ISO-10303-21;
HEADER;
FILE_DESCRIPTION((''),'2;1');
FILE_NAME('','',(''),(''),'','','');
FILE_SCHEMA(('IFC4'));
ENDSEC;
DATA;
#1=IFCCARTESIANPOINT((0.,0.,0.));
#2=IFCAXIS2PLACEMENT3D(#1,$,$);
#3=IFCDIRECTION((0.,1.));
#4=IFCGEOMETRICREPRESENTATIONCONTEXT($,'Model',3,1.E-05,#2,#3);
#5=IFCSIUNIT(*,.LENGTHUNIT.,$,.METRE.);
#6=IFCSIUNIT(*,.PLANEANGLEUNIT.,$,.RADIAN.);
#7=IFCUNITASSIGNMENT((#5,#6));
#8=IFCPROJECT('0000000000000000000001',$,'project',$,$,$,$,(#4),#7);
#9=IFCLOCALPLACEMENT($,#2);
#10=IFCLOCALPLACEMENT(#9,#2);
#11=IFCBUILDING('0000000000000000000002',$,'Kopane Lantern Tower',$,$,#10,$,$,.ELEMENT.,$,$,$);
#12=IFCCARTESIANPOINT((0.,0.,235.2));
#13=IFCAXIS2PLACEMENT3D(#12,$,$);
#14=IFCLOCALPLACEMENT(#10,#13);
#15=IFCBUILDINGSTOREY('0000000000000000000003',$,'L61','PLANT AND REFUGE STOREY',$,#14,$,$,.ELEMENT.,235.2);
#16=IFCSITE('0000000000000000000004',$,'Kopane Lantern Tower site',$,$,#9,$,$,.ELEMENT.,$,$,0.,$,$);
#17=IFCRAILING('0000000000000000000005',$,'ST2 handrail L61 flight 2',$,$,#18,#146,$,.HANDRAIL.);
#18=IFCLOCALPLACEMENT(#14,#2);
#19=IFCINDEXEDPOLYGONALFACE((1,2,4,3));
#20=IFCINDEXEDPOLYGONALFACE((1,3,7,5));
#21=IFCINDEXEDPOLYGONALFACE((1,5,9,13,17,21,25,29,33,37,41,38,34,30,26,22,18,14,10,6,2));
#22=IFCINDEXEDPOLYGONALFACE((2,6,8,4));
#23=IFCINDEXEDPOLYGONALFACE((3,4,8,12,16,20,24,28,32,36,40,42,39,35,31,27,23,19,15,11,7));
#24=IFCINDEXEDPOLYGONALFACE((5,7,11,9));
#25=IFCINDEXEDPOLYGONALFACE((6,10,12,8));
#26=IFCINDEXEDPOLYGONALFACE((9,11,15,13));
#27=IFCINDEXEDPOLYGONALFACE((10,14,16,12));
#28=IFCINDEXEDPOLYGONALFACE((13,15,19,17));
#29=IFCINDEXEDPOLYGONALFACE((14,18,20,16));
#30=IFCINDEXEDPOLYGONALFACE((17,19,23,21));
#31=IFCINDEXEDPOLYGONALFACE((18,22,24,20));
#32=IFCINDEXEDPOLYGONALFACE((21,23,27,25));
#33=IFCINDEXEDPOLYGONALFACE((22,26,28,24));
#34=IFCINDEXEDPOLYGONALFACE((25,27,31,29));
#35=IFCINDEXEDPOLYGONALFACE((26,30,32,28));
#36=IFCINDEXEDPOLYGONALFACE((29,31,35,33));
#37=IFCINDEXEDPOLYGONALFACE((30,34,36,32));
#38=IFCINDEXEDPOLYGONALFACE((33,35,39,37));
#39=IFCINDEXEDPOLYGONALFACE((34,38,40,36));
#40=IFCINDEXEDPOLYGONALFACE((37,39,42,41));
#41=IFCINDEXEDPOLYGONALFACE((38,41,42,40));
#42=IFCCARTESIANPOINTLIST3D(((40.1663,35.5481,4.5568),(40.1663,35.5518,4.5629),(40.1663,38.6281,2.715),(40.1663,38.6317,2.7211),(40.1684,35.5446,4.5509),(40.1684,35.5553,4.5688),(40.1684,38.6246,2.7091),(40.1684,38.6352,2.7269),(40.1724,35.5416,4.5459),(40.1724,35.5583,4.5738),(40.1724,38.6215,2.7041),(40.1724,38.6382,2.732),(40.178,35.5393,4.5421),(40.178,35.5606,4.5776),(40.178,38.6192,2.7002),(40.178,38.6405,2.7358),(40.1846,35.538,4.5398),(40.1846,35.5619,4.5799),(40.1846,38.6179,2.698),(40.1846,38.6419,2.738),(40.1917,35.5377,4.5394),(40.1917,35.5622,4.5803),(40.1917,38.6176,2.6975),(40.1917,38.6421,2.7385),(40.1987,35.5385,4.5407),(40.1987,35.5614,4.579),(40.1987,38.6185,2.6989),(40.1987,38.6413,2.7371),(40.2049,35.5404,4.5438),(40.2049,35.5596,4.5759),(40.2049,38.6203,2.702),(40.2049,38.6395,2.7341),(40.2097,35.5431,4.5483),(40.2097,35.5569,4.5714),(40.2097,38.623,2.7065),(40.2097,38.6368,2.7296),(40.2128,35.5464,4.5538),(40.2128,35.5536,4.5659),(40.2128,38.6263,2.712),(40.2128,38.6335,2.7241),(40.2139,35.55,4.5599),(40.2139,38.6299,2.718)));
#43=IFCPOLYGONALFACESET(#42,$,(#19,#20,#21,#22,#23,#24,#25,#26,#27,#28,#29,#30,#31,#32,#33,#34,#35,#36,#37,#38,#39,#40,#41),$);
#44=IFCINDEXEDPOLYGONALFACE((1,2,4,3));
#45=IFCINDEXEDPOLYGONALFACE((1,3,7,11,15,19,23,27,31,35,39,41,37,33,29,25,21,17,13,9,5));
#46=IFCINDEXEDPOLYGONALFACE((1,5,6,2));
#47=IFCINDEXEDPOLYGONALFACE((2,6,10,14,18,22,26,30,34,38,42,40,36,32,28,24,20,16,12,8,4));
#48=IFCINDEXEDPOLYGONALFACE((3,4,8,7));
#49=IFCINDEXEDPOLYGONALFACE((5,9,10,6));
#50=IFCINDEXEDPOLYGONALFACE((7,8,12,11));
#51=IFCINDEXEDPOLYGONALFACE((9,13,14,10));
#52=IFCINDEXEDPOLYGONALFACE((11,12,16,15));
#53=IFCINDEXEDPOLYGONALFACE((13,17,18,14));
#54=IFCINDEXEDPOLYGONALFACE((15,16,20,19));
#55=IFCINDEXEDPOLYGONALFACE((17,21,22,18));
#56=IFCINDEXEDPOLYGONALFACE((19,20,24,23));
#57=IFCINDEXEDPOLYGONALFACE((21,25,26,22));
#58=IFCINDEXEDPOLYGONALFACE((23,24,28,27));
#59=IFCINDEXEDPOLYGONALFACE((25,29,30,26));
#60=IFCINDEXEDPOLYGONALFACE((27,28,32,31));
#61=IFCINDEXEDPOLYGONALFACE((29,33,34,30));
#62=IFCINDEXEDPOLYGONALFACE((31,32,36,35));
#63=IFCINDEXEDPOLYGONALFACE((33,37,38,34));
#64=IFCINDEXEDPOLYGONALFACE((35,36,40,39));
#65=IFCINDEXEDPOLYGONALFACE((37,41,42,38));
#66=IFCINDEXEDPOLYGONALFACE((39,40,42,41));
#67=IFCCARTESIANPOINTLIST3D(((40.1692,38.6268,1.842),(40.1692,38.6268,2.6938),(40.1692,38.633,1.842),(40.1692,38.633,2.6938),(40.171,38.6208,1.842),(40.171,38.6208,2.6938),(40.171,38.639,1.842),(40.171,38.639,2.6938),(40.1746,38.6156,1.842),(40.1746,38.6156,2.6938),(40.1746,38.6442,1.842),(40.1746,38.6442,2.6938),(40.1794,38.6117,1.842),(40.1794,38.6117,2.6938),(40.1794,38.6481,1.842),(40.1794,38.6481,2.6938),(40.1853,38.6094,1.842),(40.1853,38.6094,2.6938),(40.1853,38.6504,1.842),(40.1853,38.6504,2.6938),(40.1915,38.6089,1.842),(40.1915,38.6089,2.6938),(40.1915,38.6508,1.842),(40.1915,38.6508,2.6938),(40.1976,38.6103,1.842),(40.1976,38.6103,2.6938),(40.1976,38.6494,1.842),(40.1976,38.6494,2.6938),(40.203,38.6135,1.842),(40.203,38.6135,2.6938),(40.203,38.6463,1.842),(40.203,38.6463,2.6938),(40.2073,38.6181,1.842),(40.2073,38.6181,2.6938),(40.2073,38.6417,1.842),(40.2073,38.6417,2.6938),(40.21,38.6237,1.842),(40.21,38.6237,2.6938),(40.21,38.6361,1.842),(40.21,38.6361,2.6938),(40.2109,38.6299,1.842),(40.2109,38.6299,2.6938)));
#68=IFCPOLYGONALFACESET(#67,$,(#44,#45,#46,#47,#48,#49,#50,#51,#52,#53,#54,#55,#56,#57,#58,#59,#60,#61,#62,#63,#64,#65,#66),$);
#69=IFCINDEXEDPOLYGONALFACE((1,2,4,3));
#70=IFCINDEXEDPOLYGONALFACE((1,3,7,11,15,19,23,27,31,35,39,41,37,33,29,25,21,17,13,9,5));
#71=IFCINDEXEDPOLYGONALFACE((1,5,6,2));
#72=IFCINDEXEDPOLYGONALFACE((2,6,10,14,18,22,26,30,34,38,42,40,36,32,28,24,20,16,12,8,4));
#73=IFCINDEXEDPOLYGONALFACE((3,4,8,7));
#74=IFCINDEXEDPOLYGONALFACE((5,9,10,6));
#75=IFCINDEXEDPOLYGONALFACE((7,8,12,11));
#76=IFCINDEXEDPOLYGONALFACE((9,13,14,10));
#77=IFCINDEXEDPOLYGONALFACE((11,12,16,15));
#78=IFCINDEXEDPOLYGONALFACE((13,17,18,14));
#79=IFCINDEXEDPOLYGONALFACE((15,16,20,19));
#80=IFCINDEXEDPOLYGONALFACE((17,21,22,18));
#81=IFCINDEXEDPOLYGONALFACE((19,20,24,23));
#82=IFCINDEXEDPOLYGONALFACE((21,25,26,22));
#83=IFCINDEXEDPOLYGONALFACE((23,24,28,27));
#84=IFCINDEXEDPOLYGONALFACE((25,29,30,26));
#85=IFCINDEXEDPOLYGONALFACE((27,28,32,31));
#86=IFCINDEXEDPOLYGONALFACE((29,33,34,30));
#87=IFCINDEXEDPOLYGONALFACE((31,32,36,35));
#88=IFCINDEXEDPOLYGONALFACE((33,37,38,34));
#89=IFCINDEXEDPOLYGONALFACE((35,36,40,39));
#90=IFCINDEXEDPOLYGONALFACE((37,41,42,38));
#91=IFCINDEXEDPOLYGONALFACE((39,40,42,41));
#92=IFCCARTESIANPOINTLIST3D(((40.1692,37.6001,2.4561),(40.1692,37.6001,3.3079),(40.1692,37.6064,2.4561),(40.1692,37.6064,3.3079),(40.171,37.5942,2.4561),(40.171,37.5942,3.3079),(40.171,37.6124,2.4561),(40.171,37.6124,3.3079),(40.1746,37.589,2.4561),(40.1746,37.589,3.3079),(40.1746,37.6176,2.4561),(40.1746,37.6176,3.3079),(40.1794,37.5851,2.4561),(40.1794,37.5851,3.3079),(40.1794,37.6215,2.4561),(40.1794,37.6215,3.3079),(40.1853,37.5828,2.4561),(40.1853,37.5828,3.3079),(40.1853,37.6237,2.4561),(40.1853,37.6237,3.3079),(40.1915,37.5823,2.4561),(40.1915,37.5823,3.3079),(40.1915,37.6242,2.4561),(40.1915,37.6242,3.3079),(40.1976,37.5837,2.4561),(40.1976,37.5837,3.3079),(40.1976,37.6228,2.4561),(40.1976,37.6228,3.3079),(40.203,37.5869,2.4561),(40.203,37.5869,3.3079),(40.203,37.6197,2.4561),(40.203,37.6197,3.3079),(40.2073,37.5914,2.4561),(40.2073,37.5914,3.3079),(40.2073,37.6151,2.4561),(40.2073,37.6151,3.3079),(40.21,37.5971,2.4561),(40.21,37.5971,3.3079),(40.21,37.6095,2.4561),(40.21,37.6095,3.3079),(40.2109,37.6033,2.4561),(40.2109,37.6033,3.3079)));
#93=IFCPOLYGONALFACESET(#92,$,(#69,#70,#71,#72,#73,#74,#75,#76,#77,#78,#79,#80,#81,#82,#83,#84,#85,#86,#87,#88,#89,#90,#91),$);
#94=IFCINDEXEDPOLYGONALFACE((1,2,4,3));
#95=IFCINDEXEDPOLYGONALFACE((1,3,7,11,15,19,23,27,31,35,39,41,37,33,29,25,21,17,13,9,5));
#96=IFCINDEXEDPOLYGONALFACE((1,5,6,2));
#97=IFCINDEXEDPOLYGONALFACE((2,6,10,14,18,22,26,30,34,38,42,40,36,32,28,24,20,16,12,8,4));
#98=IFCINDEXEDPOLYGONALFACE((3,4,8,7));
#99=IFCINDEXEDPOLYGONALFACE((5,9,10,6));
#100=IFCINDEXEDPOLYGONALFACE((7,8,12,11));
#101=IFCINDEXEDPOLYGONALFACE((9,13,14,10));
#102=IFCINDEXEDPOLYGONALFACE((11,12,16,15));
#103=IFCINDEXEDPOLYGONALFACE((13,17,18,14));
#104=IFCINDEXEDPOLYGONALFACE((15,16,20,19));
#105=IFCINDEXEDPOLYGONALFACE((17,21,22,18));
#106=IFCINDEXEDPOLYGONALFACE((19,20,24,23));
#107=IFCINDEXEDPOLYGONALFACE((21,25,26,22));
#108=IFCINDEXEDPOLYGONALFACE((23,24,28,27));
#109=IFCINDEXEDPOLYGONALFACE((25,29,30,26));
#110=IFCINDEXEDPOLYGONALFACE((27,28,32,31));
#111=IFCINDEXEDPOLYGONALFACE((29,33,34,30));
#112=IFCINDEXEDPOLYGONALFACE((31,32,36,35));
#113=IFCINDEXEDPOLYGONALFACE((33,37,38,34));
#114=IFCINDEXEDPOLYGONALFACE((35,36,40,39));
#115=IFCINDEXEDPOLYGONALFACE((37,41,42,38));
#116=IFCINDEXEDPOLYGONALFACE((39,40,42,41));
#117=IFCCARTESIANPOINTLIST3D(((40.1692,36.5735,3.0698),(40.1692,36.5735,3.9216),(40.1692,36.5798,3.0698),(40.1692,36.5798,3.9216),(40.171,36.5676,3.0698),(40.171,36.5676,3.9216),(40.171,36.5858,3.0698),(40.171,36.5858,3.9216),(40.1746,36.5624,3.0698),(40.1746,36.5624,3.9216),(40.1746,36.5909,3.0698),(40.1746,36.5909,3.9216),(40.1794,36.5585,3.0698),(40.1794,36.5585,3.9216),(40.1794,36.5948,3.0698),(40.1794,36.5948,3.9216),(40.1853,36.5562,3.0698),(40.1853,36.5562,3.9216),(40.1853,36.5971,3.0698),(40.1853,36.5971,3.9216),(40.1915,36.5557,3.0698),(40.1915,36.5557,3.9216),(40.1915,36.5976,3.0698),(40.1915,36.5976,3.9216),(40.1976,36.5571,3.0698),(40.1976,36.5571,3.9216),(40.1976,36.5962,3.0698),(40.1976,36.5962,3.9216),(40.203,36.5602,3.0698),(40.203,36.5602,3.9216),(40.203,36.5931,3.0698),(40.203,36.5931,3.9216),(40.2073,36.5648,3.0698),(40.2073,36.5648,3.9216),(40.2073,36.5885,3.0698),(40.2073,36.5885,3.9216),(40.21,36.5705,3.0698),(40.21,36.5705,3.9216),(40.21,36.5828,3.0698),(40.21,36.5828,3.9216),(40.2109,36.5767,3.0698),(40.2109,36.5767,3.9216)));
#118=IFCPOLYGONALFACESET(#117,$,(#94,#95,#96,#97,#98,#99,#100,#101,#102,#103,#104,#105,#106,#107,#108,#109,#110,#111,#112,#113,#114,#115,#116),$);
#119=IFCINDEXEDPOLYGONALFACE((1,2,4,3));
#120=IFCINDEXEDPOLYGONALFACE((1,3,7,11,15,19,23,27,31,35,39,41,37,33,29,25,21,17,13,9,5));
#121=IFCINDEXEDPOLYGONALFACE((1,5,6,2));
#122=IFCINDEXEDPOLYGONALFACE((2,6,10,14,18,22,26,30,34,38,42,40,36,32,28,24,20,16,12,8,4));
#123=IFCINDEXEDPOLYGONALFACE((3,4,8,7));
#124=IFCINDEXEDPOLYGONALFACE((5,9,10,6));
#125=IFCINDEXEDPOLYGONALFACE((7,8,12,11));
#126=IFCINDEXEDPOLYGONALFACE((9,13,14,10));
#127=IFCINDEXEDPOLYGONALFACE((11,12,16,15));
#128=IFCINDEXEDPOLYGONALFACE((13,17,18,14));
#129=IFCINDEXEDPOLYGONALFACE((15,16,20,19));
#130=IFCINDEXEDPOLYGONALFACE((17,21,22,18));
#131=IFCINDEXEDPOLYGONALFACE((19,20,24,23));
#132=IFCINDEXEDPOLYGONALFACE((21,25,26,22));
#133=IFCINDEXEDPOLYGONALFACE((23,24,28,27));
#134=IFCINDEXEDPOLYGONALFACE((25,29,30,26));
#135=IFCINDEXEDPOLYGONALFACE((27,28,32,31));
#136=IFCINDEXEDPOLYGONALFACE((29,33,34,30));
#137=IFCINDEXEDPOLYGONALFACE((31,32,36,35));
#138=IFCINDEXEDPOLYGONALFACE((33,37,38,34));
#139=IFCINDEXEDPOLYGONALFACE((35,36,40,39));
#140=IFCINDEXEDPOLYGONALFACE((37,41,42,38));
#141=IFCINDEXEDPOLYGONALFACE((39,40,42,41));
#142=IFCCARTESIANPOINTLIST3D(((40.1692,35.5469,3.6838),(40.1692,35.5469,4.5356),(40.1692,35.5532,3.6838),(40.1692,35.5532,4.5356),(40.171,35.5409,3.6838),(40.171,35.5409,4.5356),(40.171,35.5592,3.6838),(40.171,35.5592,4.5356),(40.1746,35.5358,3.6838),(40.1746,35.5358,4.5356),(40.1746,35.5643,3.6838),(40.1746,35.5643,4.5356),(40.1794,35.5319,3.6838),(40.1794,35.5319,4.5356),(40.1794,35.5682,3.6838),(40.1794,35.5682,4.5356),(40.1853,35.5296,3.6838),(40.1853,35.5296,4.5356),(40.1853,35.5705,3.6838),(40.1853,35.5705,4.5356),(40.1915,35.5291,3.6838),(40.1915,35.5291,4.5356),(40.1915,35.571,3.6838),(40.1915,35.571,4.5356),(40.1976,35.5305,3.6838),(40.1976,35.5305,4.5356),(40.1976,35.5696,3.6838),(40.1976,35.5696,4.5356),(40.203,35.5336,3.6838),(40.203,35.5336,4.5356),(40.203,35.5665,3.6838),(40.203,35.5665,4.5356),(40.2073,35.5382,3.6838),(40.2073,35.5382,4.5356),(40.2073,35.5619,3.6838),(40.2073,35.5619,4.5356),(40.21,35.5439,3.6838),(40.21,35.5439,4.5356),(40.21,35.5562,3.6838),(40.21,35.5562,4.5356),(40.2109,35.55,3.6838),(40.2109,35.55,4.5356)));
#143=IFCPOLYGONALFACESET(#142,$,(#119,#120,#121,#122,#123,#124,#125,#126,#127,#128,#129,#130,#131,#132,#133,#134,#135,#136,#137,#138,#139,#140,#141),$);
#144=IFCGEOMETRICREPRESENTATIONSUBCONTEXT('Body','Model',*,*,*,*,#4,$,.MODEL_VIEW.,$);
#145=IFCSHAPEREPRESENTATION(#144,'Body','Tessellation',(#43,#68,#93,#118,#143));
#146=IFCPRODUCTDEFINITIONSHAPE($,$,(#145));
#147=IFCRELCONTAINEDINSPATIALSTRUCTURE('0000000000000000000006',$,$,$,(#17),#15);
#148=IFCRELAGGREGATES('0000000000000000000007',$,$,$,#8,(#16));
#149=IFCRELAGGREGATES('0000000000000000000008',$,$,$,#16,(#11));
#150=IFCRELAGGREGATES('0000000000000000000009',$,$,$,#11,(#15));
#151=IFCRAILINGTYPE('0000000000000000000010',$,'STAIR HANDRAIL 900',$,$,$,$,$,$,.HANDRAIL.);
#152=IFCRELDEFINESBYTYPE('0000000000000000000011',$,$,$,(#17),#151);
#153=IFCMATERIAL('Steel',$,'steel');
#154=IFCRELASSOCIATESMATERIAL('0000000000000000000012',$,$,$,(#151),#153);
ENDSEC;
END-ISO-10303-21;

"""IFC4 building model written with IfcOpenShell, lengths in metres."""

from ifc_helpers import new_model, si_unit, direction, frame, origin, origin_2d, place, context, subcontext, project, spatial, circle, extrude, material, type_object, element, save


model = new_model("IFC4")

# Units and contexts
model_context = context("Model", 3, precision=1e-05, world=origin(), true_north=direction((0.0, 1.0)))
body_context = subcontext(model_context, "Body", "Model", "MODEL_VIEW")
ifc_project = project(units=[si_unit("LENGTHUNIT", "METRE"), si_unit("PLANEANGLEUNIT", "RADIAN")], contexts=[model_context])

# Site, building, storey
site_placement = place(None, origin())
site = spatial("IfcSite", under=ifc_project, at=site_placement, Name="Kopane Lantern Tower site", CompositionType="ELEMENT", RefElevation=0.0)
building_placement = place(site_placement, origin())
building = spatial("IfcBuilding", under=site, at=building_placement, Name="Kopane Lantern Tower", CompositionType="ELEMENT")
storey_placement = place(building_placement, frame((0.0, 0.0, 235.2)))
storey = spatial("IfcBuildingStorey", under=building, at=storey_placement, Name="L61", Description="PLANT AND REFUGE STOREY", CompositionType="ELEMENT", Elevation=235.2)

# Railing
ifc_material_1 = material(Name="Steel", Category="steel")
railing_type_1 = type_object("IfcRailingType", Name="STAIR HANDRAIL 900", PredefinedType="HANDRAIL", material=ifc_material_1)
for number, where, name in (
    (1, (40.1899, 38.6299, 1.842), "ST2 handrail L61 flight 2"),
):
    element("IfcRailing", number, at=place(storey_placement, frame(where)), inside=storey, type_object=railing_type_1, Name=name, PredefinedType="HANDRAIL", context=body_context, shape_type="SweptSolid", body=[
        extrude(circle(Radius=0.0239, at=origin_2d()), frame((0.0, 0.0, 0.876), z_axis=(0.0, -0.858242, 0.513245), x_axis=(1.0, 0.0, 0.0)), (0.0, 0.0, 1.0), 3.5886),
        extrude(circle(Radius=0.021, at=origin_2d()), origin(), (0.0, 0.0, 1.0), 0.8518),
        extrude(circle(Radius=0.021, at=origin_2d()), frame((0.0, -1.0266, 0.614)), (0.0, 0.0, 1.0), 0.8518),
        extrude(circle(Radius=0.021, at=origin_2d()), frame((0.0, -2.0532, 1.2278)), (0.0, 0.0, 1.0), 0.8518),
        extrude(circle(Radius=0.021, at=origin_2d()), frame((0.0, -3.0798, 1.8418)), (0.0, 0.0, 1.0), 0.8518),
    ])

save(model, "model.ifc")
